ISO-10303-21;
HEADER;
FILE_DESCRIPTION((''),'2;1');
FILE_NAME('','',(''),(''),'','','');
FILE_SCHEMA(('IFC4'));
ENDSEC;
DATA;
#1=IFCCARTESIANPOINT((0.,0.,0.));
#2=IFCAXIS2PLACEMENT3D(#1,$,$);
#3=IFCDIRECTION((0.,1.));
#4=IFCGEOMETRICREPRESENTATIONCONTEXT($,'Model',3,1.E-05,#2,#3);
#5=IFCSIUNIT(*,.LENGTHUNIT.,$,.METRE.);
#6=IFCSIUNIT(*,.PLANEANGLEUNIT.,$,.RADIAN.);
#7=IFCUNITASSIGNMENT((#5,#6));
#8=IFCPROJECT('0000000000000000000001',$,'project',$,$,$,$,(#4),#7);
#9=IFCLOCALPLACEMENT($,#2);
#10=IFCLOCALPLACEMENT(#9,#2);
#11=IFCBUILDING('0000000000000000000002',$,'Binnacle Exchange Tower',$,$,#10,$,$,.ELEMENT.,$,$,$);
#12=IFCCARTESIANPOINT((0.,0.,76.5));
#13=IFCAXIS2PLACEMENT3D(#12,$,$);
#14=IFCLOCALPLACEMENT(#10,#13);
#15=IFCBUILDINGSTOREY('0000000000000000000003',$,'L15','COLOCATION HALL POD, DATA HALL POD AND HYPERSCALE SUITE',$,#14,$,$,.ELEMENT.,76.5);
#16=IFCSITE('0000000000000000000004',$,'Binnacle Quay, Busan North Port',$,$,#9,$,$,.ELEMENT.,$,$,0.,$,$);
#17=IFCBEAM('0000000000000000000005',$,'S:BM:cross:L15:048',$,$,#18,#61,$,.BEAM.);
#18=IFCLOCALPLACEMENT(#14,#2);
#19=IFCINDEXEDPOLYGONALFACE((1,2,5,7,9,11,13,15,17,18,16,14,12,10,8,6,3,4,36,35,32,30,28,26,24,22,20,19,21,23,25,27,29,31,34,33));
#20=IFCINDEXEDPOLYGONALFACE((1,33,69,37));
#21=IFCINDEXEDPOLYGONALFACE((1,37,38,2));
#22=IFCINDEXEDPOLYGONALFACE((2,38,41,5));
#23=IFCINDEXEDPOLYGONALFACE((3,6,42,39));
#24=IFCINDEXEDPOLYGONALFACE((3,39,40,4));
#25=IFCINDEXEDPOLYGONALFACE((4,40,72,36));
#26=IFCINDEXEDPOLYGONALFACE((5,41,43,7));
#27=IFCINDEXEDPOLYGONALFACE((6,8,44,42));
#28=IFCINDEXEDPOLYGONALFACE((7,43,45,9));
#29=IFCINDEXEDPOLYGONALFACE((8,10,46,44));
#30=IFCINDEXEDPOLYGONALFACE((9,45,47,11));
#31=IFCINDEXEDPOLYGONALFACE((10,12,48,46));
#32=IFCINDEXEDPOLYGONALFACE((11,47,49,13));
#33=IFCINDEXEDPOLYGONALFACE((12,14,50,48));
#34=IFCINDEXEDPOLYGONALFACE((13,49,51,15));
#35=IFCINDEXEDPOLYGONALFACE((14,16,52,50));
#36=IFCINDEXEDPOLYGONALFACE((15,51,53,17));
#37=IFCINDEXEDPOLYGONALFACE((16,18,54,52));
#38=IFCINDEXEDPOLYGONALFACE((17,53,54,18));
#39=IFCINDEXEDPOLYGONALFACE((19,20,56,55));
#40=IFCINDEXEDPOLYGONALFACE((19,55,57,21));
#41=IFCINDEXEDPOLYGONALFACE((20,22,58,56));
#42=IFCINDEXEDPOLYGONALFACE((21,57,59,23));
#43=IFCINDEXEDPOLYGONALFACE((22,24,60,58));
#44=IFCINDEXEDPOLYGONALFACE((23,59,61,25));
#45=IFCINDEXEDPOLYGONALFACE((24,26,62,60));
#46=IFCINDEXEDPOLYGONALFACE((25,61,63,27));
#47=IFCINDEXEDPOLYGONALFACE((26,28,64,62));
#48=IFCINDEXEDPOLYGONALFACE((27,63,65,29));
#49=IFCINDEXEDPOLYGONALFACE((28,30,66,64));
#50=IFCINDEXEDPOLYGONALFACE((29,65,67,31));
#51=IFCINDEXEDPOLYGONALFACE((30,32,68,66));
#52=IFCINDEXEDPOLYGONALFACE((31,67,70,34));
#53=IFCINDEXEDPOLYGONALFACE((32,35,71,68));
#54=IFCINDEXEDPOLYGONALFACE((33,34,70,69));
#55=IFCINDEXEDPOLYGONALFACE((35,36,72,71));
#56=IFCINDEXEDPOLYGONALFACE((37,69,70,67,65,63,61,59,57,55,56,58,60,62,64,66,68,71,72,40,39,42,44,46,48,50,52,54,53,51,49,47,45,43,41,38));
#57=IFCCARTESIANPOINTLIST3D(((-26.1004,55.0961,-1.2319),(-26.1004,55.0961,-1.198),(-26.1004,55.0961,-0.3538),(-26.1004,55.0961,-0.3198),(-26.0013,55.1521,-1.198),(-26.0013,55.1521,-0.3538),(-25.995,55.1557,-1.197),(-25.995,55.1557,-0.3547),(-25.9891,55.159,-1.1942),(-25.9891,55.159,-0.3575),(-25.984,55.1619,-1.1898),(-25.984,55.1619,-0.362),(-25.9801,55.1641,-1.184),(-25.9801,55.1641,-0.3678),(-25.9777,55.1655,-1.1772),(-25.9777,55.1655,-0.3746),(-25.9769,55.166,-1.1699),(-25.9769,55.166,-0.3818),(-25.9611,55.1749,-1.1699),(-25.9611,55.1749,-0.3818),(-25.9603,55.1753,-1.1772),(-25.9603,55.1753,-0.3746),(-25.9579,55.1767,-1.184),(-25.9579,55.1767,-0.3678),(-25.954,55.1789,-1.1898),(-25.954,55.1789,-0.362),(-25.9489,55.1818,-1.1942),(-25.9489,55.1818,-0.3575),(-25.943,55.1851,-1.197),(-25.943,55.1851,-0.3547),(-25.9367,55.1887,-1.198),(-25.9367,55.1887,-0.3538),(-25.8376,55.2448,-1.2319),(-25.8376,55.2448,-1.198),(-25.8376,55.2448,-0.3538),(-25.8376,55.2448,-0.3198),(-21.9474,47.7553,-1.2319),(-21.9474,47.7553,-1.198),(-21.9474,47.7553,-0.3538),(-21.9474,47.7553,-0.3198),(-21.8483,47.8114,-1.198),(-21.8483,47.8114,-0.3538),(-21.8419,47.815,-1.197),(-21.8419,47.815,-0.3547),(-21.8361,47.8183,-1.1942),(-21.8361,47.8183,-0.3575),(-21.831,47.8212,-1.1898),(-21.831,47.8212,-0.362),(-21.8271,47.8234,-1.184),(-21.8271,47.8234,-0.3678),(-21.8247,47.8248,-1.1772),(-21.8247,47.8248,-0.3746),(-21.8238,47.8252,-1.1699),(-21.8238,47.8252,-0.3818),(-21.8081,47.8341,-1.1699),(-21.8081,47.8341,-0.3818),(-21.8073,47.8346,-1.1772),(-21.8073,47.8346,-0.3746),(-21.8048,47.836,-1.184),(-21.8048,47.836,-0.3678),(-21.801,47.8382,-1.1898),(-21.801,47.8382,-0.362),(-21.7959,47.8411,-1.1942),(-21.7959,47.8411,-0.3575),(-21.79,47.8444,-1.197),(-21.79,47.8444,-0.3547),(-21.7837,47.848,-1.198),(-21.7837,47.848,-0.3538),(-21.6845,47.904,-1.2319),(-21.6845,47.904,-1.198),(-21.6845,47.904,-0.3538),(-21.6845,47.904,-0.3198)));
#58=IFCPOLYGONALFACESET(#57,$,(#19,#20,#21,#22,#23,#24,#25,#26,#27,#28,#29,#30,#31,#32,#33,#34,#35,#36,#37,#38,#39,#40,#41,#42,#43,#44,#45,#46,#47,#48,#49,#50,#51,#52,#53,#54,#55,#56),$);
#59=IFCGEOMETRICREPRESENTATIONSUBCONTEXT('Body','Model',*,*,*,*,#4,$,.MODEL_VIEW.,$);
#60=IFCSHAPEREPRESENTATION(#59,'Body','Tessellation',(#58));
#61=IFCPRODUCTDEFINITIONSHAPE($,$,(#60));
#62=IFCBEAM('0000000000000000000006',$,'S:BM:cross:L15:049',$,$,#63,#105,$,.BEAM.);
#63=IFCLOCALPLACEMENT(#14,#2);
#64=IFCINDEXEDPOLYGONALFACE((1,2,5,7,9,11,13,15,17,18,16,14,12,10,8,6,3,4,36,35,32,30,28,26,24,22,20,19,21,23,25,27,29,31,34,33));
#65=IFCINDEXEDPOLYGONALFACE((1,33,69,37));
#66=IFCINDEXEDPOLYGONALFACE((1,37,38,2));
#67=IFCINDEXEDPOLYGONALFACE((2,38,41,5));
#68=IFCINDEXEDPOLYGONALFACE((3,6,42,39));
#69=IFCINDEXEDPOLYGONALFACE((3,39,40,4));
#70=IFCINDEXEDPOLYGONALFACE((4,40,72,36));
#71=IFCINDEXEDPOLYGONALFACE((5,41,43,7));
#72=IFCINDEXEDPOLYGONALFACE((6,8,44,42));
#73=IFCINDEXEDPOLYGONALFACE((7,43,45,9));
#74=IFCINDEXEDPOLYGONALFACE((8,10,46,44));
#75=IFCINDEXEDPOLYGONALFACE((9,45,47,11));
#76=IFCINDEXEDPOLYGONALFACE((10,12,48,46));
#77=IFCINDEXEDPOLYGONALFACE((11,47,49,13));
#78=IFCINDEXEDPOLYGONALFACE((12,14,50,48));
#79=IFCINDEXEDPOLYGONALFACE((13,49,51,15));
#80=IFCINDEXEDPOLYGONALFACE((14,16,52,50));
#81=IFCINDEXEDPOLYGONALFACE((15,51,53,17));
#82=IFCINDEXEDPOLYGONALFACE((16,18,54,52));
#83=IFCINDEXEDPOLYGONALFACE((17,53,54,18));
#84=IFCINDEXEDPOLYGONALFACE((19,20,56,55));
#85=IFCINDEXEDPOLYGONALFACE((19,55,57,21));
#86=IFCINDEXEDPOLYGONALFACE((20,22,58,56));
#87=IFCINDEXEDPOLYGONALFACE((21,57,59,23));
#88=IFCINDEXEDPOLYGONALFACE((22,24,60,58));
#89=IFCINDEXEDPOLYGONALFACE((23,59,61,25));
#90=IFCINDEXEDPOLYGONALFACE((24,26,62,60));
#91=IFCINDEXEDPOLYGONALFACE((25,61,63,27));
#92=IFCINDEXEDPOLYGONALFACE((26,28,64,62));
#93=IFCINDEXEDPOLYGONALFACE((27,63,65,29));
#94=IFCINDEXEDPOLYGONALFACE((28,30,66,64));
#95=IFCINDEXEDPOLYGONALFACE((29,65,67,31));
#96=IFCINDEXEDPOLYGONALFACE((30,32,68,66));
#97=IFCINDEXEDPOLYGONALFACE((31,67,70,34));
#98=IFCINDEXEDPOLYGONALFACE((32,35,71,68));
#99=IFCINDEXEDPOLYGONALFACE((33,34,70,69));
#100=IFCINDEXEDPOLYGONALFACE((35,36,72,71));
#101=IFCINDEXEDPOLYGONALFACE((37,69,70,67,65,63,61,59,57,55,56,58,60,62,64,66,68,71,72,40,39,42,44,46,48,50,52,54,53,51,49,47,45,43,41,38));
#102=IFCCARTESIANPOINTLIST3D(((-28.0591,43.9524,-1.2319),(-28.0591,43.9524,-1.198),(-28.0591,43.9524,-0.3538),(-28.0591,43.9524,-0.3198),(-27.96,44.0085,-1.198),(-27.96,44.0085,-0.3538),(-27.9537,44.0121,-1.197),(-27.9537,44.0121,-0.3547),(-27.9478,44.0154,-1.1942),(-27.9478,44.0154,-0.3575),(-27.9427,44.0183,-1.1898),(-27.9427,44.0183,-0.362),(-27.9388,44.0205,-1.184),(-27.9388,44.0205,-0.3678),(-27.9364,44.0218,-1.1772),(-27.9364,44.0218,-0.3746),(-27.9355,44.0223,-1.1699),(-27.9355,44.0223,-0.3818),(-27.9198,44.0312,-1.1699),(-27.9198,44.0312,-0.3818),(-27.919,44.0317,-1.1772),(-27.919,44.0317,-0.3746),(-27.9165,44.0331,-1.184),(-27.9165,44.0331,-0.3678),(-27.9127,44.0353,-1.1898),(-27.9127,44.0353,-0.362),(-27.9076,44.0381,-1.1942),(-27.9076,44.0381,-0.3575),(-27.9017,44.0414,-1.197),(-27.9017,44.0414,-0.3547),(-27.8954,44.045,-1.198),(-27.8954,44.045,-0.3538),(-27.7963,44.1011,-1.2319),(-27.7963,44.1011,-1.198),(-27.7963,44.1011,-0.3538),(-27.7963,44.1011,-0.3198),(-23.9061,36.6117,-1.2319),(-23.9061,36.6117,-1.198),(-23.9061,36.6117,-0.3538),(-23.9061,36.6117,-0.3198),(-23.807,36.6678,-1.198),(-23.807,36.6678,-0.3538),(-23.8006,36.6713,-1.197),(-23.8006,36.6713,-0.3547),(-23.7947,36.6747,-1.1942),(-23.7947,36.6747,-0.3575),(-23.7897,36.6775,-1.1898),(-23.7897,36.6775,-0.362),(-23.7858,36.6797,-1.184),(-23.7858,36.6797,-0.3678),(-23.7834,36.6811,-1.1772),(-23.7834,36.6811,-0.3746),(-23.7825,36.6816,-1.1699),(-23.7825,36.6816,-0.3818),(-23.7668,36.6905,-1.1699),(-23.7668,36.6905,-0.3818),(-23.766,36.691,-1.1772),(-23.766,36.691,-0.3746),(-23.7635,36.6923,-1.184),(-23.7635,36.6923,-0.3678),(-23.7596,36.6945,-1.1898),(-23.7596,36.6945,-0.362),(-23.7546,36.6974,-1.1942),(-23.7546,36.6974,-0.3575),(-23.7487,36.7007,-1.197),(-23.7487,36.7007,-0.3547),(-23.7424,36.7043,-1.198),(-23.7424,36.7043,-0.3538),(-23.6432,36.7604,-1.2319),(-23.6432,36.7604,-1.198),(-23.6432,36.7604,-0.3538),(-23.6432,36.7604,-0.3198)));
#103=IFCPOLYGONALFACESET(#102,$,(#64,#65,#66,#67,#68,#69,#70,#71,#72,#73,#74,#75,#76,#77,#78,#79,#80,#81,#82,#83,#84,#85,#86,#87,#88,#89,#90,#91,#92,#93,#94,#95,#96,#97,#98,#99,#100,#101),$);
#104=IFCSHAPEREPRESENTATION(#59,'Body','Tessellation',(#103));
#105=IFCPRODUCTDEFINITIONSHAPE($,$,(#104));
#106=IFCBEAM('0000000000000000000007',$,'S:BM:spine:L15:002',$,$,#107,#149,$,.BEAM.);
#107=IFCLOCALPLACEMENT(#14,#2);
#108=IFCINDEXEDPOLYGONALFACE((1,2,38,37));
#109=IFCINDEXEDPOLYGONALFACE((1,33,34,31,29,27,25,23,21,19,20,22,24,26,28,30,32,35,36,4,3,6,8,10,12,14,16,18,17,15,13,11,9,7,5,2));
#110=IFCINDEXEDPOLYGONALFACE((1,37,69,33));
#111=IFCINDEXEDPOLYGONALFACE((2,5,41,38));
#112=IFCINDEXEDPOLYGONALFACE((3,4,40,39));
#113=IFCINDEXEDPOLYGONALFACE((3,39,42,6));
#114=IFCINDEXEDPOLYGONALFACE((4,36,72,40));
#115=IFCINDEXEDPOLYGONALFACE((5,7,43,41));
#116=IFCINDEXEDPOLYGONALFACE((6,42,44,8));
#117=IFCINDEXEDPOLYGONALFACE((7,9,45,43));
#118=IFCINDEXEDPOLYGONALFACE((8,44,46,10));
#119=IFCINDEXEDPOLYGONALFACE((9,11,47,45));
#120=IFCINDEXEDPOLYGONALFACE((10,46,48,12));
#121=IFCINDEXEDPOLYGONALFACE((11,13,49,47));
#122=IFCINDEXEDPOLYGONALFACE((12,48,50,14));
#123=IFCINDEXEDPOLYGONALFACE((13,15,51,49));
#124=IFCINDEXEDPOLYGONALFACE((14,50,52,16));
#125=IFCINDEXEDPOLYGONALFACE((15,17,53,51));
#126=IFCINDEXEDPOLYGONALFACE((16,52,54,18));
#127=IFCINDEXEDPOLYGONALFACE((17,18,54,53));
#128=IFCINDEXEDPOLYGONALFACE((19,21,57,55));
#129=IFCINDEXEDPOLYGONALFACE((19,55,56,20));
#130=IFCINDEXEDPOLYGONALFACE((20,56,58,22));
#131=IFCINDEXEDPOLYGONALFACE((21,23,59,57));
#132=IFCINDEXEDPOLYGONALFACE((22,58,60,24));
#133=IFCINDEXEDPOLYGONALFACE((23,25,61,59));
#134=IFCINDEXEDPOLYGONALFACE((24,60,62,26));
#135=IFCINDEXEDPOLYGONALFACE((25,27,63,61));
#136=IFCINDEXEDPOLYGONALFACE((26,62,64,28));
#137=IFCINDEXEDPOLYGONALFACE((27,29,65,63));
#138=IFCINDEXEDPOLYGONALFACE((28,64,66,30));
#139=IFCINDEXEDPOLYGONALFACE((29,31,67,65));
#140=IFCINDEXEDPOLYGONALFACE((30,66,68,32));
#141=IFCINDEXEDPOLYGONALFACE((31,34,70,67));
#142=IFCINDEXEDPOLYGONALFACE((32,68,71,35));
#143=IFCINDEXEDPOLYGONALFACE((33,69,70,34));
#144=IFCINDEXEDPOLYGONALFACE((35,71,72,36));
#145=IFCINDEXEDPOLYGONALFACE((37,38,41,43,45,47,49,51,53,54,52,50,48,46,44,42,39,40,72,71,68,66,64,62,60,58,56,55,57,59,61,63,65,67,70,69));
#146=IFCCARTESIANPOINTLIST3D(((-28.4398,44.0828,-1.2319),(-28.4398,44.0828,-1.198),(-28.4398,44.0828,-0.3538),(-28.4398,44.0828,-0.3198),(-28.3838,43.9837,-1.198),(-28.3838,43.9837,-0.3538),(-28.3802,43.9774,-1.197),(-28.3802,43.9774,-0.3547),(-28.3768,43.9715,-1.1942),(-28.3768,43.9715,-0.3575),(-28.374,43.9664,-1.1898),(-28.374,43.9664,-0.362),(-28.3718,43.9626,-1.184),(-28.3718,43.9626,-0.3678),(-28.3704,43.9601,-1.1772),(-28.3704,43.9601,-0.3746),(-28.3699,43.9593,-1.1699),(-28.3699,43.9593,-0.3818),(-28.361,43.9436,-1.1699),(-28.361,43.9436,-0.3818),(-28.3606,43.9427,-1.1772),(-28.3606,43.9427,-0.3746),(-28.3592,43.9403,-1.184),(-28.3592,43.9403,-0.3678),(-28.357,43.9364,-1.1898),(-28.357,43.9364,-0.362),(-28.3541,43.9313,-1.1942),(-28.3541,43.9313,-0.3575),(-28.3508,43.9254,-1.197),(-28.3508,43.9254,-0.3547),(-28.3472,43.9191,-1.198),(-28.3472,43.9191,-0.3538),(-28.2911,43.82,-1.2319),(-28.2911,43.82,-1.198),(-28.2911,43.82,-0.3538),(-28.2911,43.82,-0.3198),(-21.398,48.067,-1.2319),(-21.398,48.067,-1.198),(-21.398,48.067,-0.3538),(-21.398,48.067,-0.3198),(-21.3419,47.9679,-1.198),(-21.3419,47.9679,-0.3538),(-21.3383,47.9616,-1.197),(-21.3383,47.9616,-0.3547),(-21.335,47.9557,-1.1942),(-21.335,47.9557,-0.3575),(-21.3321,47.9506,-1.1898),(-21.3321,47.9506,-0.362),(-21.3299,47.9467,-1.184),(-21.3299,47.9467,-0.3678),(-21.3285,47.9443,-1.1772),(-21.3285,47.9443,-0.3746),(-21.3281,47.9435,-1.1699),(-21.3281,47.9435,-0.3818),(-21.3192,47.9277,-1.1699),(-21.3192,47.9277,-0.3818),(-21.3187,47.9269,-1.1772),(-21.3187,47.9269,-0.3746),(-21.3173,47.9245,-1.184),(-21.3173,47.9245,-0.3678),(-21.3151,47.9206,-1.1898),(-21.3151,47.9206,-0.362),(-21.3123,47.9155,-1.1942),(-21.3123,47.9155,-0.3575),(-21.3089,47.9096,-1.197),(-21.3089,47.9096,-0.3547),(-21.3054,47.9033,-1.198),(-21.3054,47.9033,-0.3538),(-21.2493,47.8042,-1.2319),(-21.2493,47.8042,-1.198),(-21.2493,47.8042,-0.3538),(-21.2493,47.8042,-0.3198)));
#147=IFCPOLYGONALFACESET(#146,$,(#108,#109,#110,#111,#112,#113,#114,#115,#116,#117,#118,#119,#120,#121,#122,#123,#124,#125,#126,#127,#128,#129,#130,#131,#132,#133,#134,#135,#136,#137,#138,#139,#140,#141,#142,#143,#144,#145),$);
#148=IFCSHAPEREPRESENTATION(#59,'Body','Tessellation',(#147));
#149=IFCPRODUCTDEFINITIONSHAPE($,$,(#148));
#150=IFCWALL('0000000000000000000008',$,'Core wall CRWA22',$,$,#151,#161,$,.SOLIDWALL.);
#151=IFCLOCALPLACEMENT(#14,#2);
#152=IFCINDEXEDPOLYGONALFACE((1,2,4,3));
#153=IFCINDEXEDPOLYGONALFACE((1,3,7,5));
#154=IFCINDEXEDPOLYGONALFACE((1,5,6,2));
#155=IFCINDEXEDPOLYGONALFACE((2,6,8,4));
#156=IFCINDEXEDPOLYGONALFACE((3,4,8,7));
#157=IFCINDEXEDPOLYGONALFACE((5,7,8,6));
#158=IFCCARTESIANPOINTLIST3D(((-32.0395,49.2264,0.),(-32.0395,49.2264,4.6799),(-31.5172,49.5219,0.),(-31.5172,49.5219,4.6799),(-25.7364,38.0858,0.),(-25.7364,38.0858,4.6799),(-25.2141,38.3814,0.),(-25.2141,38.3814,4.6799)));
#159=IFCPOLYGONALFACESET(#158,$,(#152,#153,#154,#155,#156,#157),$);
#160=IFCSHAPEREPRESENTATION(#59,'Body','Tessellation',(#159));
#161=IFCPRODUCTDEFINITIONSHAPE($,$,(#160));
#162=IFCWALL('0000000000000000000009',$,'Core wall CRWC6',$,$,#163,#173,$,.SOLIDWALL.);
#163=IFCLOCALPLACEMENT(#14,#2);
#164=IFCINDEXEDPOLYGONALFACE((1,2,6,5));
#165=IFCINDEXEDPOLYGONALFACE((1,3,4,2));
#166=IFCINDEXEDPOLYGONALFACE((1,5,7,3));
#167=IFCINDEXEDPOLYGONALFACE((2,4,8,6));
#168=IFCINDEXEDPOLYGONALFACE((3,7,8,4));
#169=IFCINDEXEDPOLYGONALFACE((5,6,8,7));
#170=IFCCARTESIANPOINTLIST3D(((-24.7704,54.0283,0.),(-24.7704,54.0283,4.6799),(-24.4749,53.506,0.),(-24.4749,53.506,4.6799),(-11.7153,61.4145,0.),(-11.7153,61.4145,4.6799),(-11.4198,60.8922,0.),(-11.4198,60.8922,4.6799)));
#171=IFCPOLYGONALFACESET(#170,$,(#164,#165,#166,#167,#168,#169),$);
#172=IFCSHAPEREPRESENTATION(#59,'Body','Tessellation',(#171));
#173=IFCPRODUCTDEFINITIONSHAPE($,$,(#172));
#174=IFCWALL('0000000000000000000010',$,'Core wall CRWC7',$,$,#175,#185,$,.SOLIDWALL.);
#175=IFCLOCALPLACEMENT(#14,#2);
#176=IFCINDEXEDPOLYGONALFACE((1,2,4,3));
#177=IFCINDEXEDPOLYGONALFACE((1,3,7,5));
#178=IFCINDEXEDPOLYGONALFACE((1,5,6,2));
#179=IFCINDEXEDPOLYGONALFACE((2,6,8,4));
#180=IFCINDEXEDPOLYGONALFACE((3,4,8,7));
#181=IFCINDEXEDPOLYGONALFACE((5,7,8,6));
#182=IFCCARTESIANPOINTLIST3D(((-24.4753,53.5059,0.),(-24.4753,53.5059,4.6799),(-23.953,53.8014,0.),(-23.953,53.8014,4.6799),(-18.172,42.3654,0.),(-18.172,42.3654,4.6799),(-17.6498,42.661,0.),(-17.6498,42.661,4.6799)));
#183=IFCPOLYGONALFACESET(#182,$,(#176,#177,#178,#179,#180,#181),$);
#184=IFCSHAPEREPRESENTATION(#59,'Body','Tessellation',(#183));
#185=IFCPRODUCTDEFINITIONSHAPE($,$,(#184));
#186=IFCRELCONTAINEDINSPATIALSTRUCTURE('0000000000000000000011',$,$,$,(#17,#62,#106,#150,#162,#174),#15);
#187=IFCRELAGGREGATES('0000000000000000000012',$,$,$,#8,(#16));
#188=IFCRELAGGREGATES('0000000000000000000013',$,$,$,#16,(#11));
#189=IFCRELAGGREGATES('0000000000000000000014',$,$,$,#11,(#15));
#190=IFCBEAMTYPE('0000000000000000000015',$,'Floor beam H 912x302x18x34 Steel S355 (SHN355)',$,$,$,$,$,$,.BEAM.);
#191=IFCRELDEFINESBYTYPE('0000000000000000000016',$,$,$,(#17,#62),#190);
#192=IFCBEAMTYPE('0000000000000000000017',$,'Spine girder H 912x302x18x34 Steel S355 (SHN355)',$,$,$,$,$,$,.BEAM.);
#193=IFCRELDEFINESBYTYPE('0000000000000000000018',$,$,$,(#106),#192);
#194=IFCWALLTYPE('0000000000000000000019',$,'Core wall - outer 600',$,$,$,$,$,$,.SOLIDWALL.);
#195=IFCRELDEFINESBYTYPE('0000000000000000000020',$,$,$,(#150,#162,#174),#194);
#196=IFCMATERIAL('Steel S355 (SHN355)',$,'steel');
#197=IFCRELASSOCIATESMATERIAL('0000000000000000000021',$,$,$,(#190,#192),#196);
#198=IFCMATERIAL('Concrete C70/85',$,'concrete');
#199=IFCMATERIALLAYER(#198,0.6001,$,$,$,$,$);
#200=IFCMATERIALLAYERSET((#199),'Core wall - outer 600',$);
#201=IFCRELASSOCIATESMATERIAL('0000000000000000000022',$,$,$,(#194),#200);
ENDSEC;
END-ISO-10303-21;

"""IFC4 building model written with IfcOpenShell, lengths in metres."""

from ifc_helpers import new_model, si_unit, direction, frame, frame_2d, origin, origin_2d, place, context, subcontext, project, spatial, rectangle, i_section, extrude, material, layer, layer_set, material_profile, profile_set, type_object, element, save


model = new_model("IFC4")

# Units and contexts
model_context = context("Model", 3, precision=1e-05, world=origin(), true_north=direction((0.0, 1.0)))
body_context = subcontext(model_context, "Body", "Model", "MODEL_VIEW")
ifc_project = project(units=[si_unit("LENGTHUNIT", "METRE"), si_unit("PLANEANGLEUNIT", "RADIAN")], contexts=[model_context])

# Site, building, storey
site_placement = place(None, origin())
site = spatial("IfcSite", under=ifc_project, at=site_placement, Name="Binnacle Quay, Busan North Port", CompositionType="ELEMENT", RefElevation=0.0)
building_placement = place(site_placement, origin())
building = spatial("IfcBuilding", under=site, at=building_placement, Name="Binnacle Exchange Tower", CompositionType="ELEMENT")
storey_placement = place(building_placement, frame((0.0, 0.0, 76.5)))
storey = spatial("IfcBuildingStorey", under=building, at=storey_placement, Name="L15", Description="COLOCATION HALL POD, DATA HALL POD AND HYPERSCALE SUITE", CompositionType="ELEMENT", Elevation=76.5)

# Shared definitions
ifc_material_1 = material(Name="Concrete C70/85", Category="concrete")

# Beams
ifc_material_2 = material(Name="Steel S355 (SHN355)", Category="steel")
ifc_material_profile_1 = material_profile(ifc_material_2, i_section(OverallWidth=0.302, OverallDepth=0.9121, WebThickness=0.0181, FlangeThickness=0.0339, FilletRadius=0.0281, at=origin_2d()), Name="H 912x302x18x34")
ifc_profile_set_1 = profile_set([ifc_material_profile_1], Name="Steel S355 (SHN355)")
beam_type_1 = type_object("IfcBeamType", Name="Floor beam H 912x302x18x34 Steel S355 (SHN355)", PredefinedType="BEAM", material=ifc_profile_set_1)
for number, where, z_axis, x_axis, name in (
    (1, (-25.969, 55.1704, -0.7759), (0.492409, -0.870364, 0.0), (0.870364, 0.492409, 0.0), "S:BM:cross:L15:048"),
    (2, (-23.7747, 36.686, -0.7759), (-0.492409, 0.870364, 0.0), (-0.870364, -0.492409, 0.0), "S:BM:cross:L15:049"),
):
    element("IfcBeam", number, at=place(storey_placement, frame(where, z_axis=z_axis, x_axis=x_axis)), inside=storey, type_object=beam_type_1, Name=name, PredefinedType="BEAM", context=body_context, shape_type="SweptSolid", body=[
        extrude(i_section(OverallWidth=0.302, OverallDepth=0.9121, WebThickness=0.0181, FlangeThickness=0.0339, FilletRadius=0.0281, at=origin_2d()), origin(), (0.0, 0.0, 1.0), 8.4341),
    ])
ifc_material_profile_2 = material_profile(ifc_material_2, i_section(OverallWidth=0.302, OverallDepth=0.9121, WebThickness=0.0181, FlangeThickness=0.0339, FilletRadius=0.0281, at=origin_2d()), Name="H 912x302x18x34")
ifc_profile_set_2 = profile_set([ifc_material_profile_2], Name="Steel S355 (SHN355)")
beam_type_2 = type_object("IfcBeamType", Name="Spine girder H 912x302x18x34 Steel S355 (SHN355)", PredefinedType="BEAM", material=ifc_profile_set_2)
beam_1_placement = place(storey_placement, frame((-28.3655, 43.9514, -0.7759), z_axis=(0.87035, 0.492433, 0.0), x_axis=(-0.492433, 0.87035, 0.0)))
element("IfcBeam", 3, at=beam_1_placement, inside=storey, type_object=beam_type_2, Name="S:BM:spine:L15:002", PredefinedType="BEAM", context=body_context, shape_type="SweptSolid", body=[
    extrude(i_section(OverallWidth=0.302, OverallDepth=0.9121, WebThickness=0.0181, FlangeThickness=0.0339, FilletRadius=0.0281, at=origin_2d()), origin(), (0.0, 0.0, 1.0), 8.0908),
])

# Walls
ifc_layer_1 = layer(ifc_material_1, 0.6001)
ifc_layer_set_1 = layer_set([ifc_layer_1], Name="Core wall - outer 600")
wall_type_1 = type_object("IfcWallType", Name="Core wall - outer 600", PredefinedType="SOLIDWALL", material=ifc_layer_set_1)
wall_1_placement = place(storey_placement, frame((-31.7783, 49.374, 0.0), z_axis=(0.0, 0.0, 1.0), x_axis=(0.492433, -0.87035, 0.0)))
element("IfcWall", 4, at=wall_1_placement, inside=storey, type_object=wall_type_1, Name="Core wall CRWA22", PredefinedType="SOLIDWALL", context=body_context, shape_type="SweptSolid", body=[
    extrude(rectangle(XDim=12.8, YDim=0.6001, at=frame_2d((6.3999, 0.0))), origin(), (0.0, 0.0, 1.0), 4.6799),
])
wall_2_placement = place(storey_placement, frame((-24.6228, 53.7671, 0.0), z_axis=(0.0, 0.0, 1.0), x_axis=(0.870357, 0.492422, 0.0)))
element("IfcWall", 5, at=wall_2_placement, inside=storey, type_object=wall_type_1, Name="Core wall CRWC6", PredefinedType="SOLIDWALL", context=body_context, shape_type="SweptSolid", body=[
    extrude(rectangle(XDim=14.9998, YDim=0.6001, at=frame_2d((7.5, 0.0))), origin(), (0.0, 0.0, 1.0), 4.6799),
])
wall_3_placement = place(storey_placement, frame((-24.2141, 53.6536, 0.0), z_axis=(0.0, 0.0, 1.0), x_axis=(0.492441, -0.870346, 0.0)))
element("IfcWall", 6, at=wall_3_placement, inside=storey, type_object=wall_type_1, Name="Core wall CRWC7", PredefinedType="SOLIDWALL", context=body_context, shape_type="SweptSolid", body=[
    extrude(rectangle(XDim=12.8, YDim=0.6001, at=frame_2d((6.3999, 0.0))), origin(), (0.0, 0.0, 1.0), 4.6799),
])

save(model, "model.ifc")
